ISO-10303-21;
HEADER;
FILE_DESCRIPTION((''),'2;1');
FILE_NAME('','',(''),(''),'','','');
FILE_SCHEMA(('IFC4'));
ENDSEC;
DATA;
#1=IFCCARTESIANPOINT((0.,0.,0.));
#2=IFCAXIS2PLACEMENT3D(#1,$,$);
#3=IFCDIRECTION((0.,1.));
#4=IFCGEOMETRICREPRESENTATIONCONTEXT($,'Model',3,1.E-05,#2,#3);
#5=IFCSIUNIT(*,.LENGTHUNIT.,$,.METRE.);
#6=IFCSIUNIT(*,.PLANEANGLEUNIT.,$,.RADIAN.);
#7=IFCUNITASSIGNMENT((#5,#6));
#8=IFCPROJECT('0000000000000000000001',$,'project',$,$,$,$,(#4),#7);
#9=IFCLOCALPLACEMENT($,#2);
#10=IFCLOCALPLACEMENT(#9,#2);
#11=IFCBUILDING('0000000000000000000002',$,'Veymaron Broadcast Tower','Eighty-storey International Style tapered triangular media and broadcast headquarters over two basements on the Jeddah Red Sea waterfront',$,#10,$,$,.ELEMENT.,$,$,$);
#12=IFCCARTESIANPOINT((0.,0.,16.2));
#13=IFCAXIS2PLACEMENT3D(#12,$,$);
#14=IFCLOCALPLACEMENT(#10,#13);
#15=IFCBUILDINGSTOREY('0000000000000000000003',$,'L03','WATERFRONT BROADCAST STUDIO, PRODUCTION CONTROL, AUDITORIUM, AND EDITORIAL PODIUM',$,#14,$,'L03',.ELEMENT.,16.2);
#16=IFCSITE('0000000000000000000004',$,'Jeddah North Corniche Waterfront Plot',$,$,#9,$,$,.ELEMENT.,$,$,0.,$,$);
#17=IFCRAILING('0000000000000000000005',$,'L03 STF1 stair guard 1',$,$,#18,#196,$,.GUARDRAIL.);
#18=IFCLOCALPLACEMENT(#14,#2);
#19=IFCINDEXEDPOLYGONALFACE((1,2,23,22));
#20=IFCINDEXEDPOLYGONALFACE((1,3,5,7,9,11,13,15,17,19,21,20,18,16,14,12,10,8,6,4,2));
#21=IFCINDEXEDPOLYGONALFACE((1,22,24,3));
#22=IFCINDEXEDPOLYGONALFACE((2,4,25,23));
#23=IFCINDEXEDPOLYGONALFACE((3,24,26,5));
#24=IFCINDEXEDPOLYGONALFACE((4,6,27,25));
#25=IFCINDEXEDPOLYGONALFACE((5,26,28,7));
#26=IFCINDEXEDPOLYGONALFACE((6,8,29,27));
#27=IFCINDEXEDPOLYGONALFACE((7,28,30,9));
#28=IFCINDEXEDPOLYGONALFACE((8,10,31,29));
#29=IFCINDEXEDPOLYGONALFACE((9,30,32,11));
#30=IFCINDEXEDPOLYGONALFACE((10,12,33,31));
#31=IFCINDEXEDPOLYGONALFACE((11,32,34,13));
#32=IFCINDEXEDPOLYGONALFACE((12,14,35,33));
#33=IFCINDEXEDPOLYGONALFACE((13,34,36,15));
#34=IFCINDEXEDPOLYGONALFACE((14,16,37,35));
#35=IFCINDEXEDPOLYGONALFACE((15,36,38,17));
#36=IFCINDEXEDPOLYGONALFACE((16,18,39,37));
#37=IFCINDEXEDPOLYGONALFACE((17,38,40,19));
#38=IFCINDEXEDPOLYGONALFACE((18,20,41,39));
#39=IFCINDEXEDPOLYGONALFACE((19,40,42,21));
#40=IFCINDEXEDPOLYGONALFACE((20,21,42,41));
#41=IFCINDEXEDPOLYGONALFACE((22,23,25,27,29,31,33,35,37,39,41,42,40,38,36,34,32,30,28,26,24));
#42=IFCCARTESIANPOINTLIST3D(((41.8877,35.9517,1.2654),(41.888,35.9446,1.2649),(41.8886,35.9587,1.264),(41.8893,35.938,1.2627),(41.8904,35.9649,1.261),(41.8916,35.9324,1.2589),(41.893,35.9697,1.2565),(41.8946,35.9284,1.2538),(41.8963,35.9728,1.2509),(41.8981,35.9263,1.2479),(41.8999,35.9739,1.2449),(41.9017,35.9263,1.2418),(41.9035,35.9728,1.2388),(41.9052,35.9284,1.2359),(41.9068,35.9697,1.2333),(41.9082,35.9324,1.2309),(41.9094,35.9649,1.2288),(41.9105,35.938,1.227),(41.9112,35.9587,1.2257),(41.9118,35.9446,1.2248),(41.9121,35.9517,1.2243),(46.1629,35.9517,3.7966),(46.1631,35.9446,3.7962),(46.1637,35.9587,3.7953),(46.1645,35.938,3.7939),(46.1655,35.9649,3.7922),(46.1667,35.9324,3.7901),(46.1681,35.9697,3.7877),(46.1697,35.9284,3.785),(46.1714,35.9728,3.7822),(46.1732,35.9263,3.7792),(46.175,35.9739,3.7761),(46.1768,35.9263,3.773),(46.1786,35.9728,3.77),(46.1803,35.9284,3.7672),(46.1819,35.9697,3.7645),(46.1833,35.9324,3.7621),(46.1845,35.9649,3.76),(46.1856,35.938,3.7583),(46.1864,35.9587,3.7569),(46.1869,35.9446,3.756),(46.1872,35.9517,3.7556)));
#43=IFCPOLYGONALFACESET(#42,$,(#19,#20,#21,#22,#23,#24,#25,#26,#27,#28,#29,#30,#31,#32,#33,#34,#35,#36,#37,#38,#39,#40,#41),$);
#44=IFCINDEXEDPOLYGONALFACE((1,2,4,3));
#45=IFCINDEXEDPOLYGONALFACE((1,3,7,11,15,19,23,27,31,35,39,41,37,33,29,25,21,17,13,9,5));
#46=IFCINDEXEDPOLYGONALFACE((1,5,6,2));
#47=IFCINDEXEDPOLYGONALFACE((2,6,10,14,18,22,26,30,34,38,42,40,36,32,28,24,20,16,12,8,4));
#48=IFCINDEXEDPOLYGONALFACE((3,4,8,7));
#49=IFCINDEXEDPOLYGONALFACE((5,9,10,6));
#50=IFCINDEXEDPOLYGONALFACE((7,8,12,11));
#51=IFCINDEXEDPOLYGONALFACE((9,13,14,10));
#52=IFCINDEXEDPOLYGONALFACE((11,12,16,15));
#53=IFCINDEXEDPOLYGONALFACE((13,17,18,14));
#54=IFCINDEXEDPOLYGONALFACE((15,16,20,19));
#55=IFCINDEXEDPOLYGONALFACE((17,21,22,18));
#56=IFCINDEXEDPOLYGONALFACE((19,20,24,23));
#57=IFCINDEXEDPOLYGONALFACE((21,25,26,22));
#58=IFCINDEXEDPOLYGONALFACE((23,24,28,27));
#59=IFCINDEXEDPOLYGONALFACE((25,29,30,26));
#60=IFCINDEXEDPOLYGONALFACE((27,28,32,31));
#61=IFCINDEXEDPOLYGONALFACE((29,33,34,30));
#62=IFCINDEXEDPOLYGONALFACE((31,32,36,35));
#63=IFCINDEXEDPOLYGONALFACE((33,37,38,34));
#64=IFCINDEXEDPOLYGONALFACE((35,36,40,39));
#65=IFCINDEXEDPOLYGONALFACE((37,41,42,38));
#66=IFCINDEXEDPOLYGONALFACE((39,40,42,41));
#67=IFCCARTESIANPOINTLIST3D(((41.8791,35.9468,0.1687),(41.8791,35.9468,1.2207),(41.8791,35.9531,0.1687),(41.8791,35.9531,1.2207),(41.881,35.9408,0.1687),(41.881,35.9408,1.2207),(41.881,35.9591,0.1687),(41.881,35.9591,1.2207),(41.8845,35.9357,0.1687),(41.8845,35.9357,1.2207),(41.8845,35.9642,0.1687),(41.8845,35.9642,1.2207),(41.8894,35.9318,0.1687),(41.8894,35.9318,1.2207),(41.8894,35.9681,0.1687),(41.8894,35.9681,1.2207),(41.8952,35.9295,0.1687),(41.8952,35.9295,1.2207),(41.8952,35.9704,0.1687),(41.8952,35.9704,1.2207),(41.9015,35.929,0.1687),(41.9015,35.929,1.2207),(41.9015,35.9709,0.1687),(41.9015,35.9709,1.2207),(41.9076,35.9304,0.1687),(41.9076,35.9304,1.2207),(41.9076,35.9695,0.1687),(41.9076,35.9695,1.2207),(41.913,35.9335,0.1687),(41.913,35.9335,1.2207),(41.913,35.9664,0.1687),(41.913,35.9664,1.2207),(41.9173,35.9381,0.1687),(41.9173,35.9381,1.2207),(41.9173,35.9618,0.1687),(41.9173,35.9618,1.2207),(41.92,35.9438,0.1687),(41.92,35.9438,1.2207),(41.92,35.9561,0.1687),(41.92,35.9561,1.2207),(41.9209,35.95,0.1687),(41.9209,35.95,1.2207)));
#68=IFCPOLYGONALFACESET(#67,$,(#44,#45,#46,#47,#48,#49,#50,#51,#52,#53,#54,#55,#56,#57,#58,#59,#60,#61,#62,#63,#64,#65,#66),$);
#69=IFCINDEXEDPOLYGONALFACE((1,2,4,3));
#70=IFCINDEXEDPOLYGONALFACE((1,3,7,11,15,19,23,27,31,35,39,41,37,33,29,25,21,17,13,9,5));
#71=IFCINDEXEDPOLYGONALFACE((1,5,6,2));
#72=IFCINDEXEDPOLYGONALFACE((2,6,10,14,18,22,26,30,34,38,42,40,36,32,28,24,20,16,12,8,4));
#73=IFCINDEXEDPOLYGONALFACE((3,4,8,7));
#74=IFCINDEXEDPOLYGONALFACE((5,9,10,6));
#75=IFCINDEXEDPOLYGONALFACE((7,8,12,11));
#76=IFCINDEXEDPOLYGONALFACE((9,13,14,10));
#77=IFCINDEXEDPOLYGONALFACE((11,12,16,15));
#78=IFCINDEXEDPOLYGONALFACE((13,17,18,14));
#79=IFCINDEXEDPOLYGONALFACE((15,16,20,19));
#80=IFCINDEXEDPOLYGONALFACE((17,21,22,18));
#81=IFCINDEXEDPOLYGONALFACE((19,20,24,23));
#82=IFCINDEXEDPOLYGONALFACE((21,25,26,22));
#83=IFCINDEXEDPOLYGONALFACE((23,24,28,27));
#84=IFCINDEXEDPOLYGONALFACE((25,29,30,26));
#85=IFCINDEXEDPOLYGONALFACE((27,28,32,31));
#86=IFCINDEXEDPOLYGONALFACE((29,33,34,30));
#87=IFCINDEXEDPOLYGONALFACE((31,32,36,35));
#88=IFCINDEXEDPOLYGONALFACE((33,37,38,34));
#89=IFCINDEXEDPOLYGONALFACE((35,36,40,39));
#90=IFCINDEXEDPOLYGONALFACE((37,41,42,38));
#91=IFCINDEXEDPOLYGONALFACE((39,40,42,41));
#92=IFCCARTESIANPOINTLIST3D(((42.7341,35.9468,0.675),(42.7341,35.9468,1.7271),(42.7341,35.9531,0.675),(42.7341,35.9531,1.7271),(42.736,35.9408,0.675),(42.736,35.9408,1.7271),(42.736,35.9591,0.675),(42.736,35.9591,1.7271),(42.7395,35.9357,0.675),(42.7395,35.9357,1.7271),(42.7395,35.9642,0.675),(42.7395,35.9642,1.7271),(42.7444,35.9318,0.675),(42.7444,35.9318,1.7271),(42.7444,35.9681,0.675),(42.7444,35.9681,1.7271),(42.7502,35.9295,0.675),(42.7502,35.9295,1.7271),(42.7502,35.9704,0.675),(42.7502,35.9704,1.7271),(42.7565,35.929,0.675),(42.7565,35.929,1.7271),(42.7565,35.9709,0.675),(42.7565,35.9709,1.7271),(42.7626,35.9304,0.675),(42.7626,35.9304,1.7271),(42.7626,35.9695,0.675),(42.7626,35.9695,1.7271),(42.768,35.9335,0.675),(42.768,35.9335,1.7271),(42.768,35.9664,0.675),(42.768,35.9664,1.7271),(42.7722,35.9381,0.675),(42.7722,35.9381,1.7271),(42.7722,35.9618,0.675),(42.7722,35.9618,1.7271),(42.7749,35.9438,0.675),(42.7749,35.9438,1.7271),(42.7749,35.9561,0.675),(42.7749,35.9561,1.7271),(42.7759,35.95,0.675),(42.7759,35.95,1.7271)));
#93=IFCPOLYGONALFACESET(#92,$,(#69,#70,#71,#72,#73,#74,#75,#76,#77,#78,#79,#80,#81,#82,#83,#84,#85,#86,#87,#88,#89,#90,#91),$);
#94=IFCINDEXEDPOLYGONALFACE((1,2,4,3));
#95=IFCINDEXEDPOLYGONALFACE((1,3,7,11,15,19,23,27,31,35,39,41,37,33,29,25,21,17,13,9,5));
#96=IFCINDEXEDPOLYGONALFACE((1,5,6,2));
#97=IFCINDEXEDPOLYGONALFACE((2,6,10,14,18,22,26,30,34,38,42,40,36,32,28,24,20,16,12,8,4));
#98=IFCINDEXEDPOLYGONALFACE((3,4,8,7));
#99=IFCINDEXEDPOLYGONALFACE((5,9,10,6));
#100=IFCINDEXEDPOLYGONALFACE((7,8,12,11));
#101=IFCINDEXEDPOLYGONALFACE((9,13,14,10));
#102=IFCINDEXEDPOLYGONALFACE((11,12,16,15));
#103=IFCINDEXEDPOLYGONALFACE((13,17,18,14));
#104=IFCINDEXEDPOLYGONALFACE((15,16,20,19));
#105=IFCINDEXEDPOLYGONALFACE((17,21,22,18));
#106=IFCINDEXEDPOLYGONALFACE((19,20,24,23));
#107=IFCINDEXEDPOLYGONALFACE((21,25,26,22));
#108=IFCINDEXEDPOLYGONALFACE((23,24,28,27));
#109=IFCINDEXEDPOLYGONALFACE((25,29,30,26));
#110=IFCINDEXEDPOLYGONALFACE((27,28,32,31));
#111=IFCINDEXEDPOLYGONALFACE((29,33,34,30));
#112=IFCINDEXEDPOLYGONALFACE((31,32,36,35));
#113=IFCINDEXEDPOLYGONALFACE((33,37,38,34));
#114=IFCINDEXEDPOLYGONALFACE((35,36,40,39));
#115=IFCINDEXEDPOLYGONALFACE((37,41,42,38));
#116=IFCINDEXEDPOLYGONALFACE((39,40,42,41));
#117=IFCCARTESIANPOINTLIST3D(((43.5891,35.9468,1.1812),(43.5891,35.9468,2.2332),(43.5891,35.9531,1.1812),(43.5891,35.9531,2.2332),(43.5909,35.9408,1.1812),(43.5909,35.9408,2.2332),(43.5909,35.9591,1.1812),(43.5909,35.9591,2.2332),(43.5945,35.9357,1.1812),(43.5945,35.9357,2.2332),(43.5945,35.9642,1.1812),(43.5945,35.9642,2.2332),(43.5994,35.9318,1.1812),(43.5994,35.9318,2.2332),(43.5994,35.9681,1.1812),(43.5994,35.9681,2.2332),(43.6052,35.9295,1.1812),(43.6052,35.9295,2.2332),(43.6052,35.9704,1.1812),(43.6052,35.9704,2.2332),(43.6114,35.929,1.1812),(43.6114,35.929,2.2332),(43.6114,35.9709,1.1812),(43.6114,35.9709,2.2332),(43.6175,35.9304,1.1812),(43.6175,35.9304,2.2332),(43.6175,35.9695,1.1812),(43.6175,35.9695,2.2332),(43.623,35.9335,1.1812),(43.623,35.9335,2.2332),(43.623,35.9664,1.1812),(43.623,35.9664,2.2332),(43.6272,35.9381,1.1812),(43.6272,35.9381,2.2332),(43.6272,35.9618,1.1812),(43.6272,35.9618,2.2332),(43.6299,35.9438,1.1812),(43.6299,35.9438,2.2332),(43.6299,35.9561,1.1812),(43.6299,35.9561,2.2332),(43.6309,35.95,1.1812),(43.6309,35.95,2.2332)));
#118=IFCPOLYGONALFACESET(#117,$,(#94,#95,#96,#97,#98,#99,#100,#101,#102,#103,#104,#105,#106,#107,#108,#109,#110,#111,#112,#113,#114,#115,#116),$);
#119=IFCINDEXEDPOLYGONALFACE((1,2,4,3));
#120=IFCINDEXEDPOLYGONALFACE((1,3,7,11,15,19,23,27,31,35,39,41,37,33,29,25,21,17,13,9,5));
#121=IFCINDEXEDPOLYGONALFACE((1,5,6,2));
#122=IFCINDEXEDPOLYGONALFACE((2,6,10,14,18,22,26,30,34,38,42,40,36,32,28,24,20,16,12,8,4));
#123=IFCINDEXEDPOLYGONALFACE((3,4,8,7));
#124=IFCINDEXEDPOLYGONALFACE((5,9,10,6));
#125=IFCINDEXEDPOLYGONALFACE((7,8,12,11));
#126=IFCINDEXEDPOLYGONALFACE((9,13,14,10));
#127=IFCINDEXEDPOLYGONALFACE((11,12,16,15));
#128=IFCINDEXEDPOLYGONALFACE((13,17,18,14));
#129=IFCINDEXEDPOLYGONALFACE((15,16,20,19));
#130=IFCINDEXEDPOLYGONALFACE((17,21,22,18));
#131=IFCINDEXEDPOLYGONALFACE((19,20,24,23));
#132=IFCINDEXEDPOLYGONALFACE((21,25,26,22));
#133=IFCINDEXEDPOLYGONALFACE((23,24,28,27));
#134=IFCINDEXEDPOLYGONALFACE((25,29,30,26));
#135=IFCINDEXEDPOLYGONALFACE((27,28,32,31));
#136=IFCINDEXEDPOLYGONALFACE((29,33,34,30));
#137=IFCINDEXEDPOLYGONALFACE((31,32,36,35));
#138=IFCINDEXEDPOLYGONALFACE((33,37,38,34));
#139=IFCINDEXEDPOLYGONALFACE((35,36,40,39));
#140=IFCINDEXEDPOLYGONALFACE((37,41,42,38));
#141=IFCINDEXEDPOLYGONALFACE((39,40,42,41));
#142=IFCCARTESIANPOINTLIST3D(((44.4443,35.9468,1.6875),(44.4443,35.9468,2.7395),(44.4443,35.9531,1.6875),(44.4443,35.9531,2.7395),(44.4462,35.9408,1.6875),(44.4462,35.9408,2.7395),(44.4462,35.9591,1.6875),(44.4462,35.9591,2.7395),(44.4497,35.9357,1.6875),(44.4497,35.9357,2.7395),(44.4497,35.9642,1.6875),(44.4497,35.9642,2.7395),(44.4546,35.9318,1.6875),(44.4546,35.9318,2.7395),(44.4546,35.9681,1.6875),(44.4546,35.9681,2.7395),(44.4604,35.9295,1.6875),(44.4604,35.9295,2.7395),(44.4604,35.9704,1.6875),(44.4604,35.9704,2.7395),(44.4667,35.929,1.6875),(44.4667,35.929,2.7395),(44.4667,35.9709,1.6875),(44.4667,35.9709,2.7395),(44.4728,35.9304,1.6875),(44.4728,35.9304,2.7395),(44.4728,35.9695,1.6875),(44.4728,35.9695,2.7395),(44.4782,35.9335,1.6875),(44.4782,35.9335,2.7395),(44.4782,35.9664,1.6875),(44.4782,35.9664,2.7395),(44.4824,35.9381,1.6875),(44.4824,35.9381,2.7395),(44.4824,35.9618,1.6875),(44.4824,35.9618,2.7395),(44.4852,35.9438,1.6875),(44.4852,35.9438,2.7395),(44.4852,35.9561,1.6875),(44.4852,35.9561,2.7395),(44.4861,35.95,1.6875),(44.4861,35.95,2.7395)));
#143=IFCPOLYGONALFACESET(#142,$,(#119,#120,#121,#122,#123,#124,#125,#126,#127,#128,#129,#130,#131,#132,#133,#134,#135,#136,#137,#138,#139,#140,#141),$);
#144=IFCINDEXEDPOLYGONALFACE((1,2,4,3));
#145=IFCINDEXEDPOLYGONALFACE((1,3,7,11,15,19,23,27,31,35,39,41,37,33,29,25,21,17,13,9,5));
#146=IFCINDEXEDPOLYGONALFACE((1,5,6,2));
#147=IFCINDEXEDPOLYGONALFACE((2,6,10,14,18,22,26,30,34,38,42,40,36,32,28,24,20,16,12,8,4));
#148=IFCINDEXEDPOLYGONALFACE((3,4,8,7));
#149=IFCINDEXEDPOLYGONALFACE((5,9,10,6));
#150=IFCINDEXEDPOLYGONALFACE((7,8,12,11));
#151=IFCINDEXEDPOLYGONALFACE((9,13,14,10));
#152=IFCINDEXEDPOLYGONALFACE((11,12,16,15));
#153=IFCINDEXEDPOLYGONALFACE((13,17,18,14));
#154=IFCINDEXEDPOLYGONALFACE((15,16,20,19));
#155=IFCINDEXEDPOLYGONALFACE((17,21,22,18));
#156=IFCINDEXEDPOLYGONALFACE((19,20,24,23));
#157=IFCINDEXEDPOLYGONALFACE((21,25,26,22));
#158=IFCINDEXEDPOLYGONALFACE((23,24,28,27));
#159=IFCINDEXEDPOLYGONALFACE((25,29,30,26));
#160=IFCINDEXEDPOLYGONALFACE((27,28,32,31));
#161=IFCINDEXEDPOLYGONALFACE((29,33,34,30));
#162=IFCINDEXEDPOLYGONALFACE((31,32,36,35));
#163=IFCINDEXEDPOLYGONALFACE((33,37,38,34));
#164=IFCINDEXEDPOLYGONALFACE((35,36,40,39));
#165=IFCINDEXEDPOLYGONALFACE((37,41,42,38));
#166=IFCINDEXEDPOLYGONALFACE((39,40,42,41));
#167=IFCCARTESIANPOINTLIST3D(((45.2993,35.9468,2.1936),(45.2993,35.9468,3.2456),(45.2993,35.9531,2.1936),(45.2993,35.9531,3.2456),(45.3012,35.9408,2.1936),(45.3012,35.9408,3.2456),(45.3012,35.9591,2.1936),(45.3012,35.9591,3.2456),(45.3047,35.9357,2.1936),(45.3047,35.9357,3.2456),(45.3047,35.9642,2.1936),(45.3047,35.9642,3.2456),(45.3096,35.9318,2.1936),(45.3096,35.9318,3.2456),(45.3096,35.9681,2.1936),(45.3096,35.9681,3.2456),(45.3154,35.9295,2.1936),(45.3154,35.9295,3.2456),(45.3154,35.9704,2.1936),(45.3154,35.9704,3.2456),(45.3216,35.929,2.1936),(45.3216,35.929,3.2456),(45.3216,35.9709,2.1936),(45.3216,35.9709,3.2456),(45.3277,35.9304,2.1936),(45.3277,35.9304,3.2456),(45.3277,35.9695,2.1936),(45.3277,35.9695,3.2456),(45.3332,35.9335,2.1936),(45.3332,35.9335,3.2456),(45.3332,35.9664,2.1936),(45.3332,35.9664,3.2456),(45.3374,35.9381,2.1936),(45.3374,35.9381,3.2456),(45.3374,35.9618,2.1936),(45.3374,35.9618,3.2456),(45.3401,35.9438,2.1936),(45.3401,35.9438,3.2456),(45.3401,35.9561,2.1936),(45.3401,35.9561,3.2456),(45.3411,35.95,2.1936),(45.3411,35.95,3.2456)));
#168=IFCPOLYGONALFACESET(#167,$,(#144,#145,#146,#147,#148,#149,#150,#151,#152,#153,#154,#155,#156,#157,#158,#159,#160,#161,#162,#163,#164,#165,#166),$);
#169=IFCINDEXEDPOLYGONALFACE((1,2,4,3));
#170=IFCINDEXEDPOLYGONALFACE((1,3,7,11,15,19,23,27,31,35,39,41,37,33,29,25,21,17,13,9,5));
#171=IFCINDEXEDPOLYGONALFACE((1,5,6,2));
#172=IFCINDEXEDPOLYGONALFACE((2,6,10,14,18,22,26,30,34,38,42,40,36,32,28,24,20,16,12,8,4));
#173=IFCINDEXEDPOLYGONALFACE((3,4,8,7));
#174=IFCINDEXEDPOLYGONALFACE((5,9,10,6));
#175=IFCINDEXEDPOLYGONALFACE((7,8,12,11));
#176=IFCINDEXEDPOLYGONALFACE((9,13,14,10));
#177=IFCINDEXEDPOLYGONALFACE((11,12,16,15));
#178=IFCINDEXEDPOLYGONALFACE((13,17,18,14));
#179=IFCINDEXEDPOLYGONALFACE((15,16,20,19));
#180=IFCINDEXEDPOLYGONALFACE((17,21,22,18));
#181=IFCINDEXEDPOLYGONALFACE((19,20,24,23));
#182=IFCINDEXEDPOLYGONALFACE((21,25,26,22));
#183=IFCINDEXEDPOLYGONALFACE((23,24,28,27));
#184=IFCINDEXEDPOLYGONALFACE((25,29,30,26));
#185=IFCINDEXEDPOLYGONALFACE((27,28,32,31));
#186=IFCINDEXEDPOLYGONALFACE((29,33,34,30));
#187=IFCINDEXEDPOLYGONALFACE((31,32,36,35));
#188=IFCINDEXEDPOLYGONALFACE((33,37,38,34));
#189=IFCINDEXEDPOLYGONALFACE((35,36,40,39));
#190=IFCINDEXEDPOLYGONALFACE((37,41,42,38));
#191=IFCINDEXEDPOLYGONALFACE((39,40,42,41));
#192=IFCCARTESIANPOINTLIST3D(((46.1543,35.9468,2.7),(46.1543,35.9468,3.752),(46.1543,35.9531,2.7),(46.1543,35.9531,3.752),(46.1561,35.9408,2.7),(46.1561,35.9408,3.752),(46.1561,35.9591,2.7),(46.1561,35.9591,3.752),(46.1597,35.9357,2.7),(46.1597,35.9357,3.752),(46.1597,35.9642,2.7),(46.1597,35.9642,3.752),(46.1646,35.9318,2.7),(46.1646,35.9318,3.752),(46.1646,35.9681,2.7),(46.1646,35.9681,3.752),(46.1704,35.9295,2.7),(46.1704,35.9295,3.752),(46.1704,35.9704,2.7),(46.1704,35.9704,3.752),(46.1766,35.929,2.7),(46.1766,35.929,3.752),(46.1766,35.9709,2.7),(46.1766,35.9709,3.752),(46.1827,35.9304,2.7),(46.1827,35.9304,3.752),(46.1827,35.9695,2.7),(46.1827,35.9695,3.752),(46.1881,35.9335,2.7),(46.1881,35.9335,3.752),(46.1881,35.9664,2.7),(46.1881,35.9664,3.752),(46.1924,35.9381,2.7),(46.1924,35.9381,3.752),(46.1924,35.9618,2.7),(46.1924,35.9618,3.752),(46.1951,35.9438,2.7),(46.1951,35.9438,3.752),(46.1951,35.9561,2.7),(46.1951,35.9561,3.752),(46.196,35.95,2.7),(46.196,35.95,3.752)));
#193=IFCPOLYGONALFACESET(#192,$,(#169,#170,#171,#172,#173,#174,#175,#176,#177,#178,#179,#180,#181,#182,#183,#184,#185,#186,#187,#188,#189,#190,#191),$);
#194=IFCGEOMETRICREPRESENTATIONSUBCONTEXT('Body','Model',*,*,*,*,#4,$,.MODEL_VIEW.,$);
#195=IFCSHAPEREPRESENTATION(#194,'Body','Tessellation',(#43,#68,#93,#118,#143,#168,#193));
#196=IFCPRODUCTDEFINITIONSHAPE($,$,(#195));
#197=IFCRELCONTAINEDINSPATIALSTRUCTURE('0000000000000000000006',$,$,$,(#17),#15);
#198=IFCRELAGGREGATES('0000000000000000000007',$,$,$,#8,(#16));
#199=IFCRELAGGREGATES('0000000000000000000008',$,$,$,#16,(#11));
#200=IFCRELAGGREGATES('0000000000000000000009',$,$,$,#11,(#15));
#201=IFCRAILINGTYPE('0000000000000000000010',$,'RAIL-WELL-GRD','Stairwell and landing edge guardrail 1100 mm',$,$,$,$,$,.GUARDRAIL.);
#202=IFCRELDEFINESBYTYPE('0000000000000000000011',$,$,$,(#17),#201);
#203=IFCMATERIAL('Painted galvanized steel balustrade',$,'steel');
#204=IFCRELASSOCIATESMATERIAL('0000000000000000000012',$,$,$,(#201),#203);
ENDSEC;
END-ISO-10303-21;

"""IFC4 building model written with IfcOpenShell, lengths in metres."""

from ifc_helpers import new_model, si_unit, direction, frame, origin, origin_2d, place, context, subcontext, project, spatial, circle, extrude, material, type_object, element, save


model = new_model("IFC4")

# Units and contexts
model_context = context("Model", 3, precision=1e-05, world=origin(), true_north=direction((0.0, 1.0)))
body_context = subcontext(model_context, "Body", "Model", "MODEL_VIEW")
ifc_project = project(units=[si_unit("LENGTHUNIT", "METRE"), si_unit("PLANEANGLEUNIT", "RADIAN")], contexts=[model_context])

# Site, building, storey
site_placement = place(None, origin())
site = spatial("IfcSite", under=ifc_project, at=site_placement, Name="Jeddah North Corniche Waterfront Plot", CompositionType="ELEMENT", RefElevation=0.0)
building_placement = place(site_placement, origin())
building = spatial("IfcBuilding", under=site, at=building_placement, Name="Veymaron Broadcast Tower", Description="Eighty-storey International Style tapered triangular media and broadcast headquarters over two basements on the Jeddah Red Sea waterfront", CompositionType="ELEMENT")
storey_placement = place(building_placement, frame((0.0, 0.0, 16.2)))
storey = spatial("IfcBuildingStorey", under=building, at=storey_placement, Name="L03", Description="WATERFRONT BROADCAST STUDIO, PRODUCTION CONTROL, AUDITORIUM, AND EDITORIAL PODIUM", LongName="L03", CompositionType="ELEMENT", Elevation=16.2)

# Railing
ifc_material_1 = material(Name="Painted galvanized steel balustrade", Category="steel")
railing_type_1 = type_object("IfcRailingType", Name="RAIL-WELL-GRD", Description="Stairwell and landing edge guardrail 1100 mm", PredefinedType="GUARDRAIL", material=ifc_material_1)
railing_1_placement = place(storey_placement, frame((41.8999, 35.95, 0.1687)))
element("IfcRailing", 1, at=railing_1_placement, inside=storey, type_object=railing_type_1, Name="L03 STF1 stair guard 1", PredefinedType="GUARDRAIL", context=body_context, shape_type="SweptSolid", body=[
    extrude(circle(Radius=0.0239, at=origin_2d()), frame((0.0, 0.0, 1.0762), z_axis=(0.860483, 0.0, 0.509479), x_axis=(0.0, 1.0, 0.0)), (0.0, 0.0, 1.0), 4.9683),
    extrude(circle(Radius=0.021, at=origin_2d()), origin(), (0.0, 0.0, 1.0), 1.052),
    extrude(circle(Radius=0.021, at=origin_2d()), frame((0.855, 0.0, 0.5063)), (0.0, 0.0, 1.0), 1.052),
    extrude(circle(Radius=0.021, at=origin_2d()), frame((1.71, 0.0, 1.0125)), (0.0, 0.0, 1.0), 1.052),
    extrude(circle(Radius=0.021, at=origin_2d()), frame((2.5652, 0.0, 1.5188)), (0.0, 0.0, 1.0), 1.052),
    extrude(circle(Radius=0.021, at=origin_2d()), frame((3.4202, 0.0, 2.0249)), (0.0, 0.0, 1.0), 1.052),
    extrude(circle(Radius=0.021, at=origin_2d()), frame((4.2751, 0.0, 2.5312)), (0.0, 0.0, 1.0), 1.052),
])

save(model, "model.ifc")
